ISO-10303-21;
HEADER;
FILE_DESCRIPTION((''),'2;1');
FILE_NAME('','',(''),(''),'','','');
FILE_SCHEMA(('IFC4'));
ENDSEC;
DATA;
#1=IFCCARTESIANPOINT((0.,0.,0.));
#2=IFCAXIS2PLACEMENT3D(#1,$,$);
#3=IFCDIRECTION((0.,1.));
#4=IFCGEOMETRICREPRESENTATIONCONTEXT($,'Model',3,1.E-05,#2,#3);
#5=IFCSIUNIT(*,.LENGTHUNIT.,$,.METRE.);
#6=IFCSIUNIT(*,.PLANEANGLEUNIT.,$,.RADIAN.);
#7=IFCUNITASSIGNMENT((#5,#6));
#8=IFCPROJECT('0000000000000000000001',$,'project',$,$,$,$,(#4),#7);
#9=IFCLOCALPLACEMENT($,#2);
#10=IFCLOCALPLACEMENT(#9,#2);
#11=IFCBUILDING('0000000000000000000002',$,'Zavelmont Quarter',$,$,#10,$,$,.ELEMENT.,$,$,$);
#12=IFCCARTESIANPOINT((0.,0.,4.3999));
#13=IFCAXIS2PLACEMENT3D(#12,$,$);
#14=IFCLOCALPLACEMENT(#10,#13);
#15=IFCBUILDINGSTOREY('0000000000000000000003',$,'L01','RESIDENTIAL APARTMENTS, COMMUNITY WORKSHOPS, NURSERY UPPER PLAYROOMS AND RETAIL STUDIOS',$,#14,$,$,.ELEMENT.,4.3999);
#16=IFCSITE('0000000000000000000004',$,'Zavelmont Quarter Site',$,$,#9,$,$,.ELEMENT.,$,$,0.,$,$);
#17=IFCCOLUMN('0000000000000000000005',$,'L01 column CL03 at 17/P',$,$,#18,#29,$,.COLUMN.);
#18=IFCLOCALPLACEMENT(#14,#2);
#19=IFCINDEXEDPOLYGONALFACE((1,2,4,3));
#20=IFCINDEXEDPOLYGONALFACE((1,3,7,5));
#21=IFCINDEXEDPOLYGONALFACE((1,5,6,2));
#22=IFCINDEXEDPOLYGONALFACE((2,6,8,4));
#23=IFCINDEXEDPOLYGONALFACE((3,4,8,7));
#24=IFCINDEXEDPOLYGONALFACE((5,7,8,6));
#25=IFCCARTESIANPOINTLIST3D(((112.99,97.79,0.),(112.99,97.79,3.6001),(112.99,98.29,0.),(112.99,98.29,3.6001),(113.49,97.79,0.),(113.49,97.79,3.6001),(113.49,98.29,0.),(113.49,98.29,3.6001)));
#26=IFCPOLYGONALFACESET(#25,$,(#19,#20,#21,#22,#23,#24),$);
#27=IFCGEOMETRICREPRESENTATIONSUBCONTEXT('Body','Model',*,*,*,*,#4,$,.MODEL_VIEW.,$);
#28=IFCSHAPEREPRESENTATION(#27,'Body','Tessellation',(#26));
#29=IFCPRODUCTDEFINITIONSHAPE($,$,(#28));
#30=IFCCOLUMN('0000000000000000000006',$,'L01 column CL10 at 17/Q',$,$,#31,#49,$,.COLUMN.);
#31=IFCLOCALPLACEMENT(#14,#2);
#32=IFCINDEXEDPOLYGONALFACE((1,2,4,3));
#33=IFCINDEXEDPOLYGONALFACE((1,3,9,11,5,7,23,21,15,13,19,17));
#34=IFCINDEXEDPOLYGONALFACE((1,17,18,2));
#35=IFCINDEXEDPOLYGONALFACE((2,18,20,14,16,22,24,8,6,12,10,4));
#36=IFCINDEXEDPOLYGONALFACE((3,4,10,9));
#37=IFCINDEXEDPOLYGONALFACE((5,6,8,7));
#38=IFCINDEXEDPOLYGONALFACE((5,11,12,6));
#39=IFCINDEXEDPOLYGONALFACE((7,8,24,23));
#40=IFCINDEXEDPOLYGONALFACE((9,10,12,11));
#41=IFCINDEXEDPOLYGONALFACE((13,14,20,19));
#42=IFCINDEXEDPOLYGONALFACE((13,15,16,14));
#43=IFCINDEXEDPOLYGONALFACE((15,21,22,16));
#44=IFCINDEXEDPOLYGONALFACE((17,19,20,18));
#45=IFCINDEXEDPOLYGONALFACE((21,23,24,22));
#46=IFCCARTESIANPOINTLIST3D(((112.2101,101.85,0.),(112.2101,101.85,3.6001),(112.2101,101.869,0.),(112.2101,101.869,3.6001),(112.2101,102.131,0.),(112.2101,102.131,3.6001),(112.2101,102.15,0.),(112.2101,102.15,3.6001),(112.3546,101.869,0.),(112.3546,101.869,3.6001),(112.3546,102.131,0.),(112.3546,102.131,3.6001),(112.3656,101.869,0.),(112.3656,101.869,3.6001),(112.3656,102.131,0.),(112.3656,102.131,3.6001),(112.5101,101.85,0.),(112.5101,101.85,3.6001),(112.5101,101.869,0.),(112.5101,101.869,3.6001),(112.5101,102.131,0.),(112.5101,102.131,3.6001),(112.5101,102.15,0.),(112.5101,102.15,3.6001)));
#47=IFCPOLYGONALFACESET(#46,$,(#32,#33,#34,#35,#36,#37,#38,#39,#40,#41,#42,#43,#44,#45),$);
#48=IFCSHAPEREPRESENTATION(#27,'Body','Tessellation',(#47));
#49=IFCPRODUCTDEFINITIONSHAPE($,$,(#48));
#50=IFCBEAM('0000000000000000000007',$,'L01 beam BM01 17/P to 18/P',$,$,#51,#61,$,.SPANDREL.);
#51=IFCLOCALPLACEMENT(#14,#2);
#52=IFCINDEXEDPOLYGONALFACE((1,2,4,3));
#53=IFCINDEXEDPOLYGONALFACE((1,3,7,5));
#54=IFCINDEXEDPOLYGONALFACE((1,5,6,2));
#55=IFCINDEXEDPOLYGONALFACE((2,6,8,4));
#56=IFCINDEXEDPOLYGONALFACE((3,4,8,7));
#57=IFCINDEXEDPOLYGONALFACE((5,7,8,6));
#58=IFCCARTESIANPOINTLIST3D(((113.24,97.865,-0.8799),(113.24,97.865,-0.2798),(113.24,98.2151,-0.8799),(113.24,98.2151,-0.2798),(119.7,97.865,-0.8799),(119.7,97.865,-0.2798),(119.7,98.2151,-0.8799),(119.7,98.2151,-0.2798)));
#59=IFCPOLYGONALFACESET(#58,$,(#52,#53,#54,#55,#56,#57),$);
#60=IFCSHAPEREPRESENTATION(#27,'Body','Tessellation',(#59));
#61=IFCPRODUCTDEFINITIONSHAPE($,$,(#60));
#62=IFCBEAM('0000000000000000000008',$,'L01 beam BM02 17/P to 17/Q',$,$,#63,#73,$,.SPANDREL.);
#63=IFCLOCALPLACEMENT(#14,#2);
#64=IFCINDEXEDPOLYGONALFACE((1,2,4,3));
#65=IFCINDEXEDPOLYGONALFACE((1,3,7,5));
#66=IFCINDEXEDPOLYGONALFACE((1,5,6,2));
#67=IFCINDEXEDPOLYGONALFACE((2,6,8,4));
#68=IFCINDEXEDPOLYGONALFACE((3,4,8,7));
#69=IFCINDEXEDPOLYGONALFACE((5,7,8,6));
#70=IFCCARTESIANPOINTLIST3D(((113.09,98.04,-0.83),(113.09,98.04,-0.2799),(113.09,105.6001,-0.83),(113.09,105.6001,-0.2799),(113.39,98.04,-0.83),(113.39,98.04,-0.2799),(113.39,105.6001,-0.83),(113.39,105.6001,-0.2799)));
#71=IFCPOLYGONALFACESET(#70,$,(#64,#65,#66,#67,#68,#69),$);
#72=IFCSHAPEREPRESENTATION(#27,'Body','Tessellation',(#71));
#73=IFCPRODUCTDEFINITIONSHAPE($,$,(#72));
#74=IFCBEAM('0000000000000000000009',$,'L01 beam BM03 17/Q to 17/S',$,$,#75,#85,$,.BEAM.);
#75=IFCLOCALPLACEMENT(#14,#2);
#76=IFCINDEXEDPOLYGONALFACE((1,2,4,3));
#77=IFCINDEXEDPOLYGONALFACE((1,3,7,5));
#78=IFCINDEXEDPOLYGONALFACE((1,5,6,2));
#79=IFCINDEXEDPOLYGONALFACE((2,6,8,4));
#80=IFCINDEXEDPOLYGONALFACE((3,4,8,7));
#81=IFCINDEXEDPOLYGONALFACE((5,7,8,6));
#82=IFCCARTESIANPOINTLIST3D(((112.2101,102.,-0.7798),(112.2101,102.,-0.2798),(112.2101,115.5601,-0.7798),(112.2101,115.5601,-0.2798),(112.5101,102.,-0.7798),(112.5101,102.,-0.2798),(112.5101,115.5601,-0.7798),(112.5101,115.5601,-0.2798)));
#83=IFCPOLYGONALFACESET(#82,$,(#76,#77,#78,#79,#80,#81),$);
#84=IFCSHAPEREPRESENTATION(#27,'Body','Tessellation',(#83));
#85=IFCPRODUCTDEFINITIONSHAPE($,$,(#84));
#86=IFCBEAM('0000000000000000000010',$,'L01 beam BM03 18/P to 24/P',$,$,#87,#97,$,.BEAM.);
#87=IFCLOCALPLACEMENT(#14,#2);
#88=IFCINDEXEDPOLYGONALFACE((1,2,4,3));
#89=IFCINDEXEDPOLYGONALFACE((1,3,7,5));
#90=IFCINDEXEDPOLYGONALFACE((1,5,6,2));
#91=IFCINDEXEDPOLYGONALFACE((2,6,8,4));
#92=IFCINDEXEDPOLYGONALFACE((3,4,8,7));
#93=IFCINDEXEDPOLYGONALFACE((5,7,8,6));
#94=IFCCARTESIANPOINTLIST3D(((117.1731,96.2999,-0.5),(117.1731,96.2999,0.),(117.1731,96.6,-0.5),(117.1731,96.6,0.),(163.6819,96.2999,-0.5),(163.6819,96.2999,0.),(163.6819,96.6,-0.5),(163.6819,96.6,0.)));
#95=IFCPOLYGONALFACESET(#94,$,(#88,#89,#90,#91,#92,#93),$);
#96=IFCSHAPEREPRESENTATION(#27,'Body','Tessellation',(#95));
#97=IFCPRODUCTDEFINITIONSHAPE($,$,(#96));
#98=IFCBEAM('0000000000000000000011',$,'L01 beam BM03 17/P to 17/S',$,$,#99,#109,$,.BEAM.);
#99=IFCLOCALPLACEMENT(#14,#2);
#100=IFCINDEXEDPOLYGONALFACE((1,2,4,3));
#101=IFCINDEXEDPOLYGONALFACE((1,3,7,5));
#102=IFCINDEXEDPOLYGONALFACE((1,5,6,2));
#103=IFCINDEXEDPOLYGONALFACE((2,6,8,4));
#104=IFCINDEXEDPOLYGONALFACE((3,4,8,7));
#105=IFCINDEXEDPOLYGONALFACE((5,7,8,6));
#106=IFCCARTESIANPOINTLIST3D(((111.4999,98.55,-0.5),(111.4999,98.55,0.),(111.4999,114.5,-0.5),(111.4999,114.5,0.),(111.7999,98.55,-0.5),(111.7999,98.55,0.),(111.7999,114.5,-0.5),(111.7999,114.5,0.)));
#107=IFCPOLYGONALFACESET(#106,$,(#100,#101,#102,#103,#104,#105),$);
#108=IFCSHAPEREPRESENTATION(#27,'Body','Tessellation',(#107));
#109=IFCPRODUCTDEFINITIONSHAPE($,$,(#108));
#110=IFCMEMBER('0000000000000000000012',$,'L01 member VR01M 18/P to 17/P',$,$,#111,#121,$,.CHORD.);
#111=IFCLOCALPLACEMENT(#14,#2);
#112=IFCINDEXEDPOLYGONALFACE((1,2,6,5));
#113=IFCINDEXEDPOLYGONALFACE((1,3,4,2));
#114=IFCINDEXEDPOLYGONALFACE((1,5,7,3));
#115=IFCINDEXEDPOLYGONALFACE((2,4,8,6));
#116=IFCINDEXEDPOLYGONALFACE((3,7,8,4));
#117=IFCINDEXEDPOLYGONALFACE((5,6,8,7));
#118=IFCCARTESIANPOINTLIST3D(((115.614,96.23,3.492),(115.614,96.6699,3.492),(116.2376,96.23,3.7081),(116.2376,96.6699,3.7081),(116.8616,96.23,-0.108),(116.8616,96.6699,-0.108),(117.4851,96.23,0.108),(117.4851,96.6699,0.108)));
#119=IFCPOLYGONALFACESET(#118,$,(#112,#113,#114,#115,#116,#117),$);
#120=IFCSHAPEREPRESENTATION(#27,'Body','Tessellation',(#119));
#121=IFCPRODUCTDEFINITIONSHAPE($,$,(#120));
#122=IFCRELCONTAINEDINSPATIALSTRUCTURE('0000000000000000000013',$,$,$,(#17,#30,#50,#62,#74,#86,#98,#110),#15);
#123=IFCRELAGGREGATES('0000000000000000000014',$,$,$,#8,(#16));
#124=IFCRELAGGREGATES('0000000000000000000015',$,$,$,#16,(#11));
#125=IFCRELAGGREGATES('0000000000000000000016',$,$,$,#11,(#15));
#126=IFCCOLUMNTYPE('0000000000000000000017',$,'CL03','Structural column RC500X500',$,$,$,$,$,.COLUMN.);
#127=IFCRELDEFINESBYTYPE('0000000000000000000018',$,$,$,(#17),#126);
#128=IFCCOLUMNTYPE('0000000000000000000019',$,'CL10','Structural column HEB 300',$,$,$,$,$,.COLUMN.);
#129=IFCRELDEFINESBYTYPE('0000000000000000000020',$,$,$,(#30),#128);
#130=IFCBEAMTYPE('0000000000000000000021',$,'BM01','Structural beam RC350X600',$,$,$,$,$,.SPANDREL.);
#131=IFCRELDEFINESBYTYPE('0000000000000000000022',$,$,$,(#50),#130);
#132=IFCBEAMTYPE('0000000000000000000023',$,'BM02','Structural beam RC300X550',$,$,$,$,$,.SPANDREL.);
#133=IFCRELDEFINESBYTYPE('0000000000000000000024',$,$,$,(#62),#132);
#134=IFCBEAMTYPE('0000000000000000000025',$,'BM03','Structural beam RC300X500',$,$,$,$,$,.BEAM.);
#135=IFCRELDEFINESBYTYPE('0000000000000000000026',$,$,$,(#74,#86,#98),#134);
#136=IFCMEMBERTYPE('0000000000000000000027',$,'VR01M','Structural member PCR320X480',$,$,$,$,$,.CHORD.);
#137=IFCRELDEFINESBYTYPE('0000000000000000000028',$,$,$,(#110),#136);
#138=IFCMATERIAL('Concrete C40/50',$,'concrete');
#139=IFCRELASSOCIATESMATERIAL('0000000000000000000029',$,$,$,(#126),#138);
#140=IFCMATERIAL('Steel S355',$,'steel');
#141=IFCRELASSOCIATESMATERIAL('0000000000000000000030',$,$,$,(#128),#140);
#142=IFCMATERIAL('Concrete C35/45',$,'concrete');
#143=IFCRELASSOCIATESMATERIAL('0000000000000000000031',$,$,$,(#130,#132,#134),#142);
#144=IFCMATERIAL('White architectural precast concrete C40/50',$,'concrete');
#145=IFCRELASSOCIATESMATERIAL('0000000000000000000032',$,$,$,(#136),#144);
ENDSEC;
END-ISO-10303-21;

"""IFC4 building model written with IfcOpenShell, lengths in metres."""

from ifc_helpers import new_model, si_unit, direction, frame, origin, origin_2d, place, context, subcontext, project, spatial, rectangle, i_section, extrude, material, material_profile, profile_set, type_object, element, save


model = new_model("IFC4")

# Units and contexts
model_context = context("Model", 3, precision=1e-05, world=origin(), true_north=direction((0.0, 1.0)))
body_context = subcontext(model_context, "Body", "Model", "MODEL_VIEW")
ifc_project = project(units=[si_unit("LENGTHUNIT", "METRE"), si_unit("PLANEANGLEUNIT", "RADIAN")], contexts=[model_context])

# Site, building, storey
site_placement = place(None, origin())
site = spatial("IfcSite", under=ifc_project, at=site_placement, Name="Zavelmont Quarter Site", CompositionType="ELEMENT", RefElevation=0.0)
building_placement = place(site_placement, origin())
building = spatial("IfcBuilding", under=site, at=building_placement, Name="Zavelmont Quarter", CompositionType="ELEMENT")
storey_placement = place(building_placement, frame((0.0, 0.0, 4.3999)))
storey = spatial("IfcBuildingStorey", under=building, at=storey_placement, Name="L01", Description="RESIDENTIAL APARTMENTS, COMMUNITY WORKSHOPS, NURSERY UPPER PLAYROOMS AND RETAIL STUDIOS", CompositionType="ELEMENT", Elevation=4.3999)

# Columns
ifc_material_1 = material(Name="Concrete C40/50", Category="concrete")
ifc_material_profile_1 = material_profile(ifc_material_1, rectangle(XDim=0.5, YDim=0.5, at=origin_2d()), Name="RC500X500")
ifc_profile_set_1 = profile_set([ifc_material_profile_1], Name="Concrete C40/50")
column_type_1 = type_object("IfcColumnType", Name="CL03", Description="Structural column RC500X500", PredefinedType="COLUMN", material=ifc_profile_set_1)
column_1_placement = place(storey_placement, frame((113.24, 98.04, 0.0), z_axis=(0.0, 0.0, 1.0), x_axis=(1.0, 0.0, 0.0)))
element("IfcColumn", 1, at=column_1_placement, inside=storey, type_object=column_type_1, Name="L01 column CL03 at 17/P", PredefinedType="COLUMN", context=body_context, shape_type="SweptSolid", body=[
    extrude(rectangle(XDim=0.5, YDim=0.5, at=origin_2d()), origin(), (0.0, 0.0, 1.0), 3.6001),
])
ifc_material_2 = material(Name="Steel S355", Category="steel")
ifc_material_profile_2 = material_profile(ifc_material_2, i_section(OverallWidth=0.3, OverallDepth=0.3, WebThickness=0.011, FlangeThickness=0.019, at=origin_2d()), Name="HEB 300")
ifc_profile_set_2 = profile_set([ifc_material_profile_2], Name="Steel S355")
column_type_2 = type_object("IfcColumnType", Name="CL10", Description="Structural column HEB 300", PredefinedType="COLUMN", material=ifc_profile_set_2)
column_2_placement = place(storey_placement, frame((112.3601, 102.0, 0.0), z_axis=(0.0, 0.0, 1.0), x_axis=(1.0, 0.0, 0.0)))
element("IfcColumn", 2, at=column_2_placement, inside=storey, type_object=column_type_2, Name="L01 column CL10 at 17/Q", PredefinedType="COLUMN", context=body_context, shape_type="SweptSolid", body=[
    extrude(i_section(OverallWidth=0.3, OverallDepth=0.3, WebThickness=0.011, FlangeThickness=0.019, at=origin_2d()), origin(), (0.0, 0.0, 1.0), 3.6001),
])

# Beams
ifc_material_3 = material(Name="Concrete C35/45", Category="concrete")
ifc_material_profile_3 = material_profile(ifc_material_3, rectangle(XDim=0.3501, YDim=0.6001, at=origin_2d()), Name="RC350X600")
ifc_profile_set_3 = profile_set([ifc_material_profile_3], Name="Concrete C35/45")
beam_type_1 = type_object("IfcBeamType", Name="BM01", Description="Structural beam RC350X600", PredefinedType="SPANDREL", material=ifc_profile_set_3)
beam_1_placement = place(storey_placement, frame((113.24, 98.04, -0.5798), z_axis=(1.0, 0.0, 0.0), x_axis=(0.0, 1.0, 0.0)))
element("IfcBeam", 3, at=beam_1_placement, inside=storey, type_object=beam_type_1, Name="L01 beam BM01 17/P to 18/P", PredefinedType="SPANDREL", context=body_context, shape_type="SweptSolid", body=[
    extrude(rectangle(XDim=0.3501, YDim=0.6001, at=origin_2d()), origin(), (0.0, 0.0, 1.0), 6.46),
])
ifc_material_profile_4 = material_profile(ifc_material_3, rectangle(XDim=0.3, YDim=0.55, at=origin_2d()), Name="RC300X550")
ifc_profile_set_4 = profile_set([ifc_material_profile_4], Name="Concrete C35/45")
beam_type_2 = type_object("IfcBeamType", Name="BM02", Description="Structural beam RC300X550", PredefinedType="SPANDREL", material=ifc_profile_set_4)
beam_2_placement = place(storey_placement, frame((113.24, 98.04, -0.5549), z_axis=(0.0, 1.0, 0.0), x_axis=(-1.0, 0.0, 0.0)))
element("IfcBeam", 4, at=beam_2_placement, inside=storey, type_object=beam_type_2, Name="L01 beam BM02 17/P to 17/Q", PredefinedType="SPANDREL", context=body_context, shape_type="SweptSolid", body=[
    extrude(rectangle(XDim=0.3, YDim=0.55, at=origin_2d()), origin(), (0.0, 0.0, 1.0), 7.5601),
])
ifc_material_profile_5 = material_profile(ifc_material_3, rectangle(XDim=0.3, YDim=0.5, at=origin_2d()), Name="RC300X500")
ifc_profile_set_5 = profile_set([ifc_material_profile_5], Name="Concrete C35/45")
beam_type_3 = type_object("IfcBeamType", Name="BM03", Description="Structural beam RC300X500", PredefinedType="BEAM", material=ifc_profile_set_5)
beam_3_placement = place(storey_placement, frame((112.3601, 102.0, -0.5298), z_axis=(0.0, 1.0, 0.0), x_axis=(-1.0, 0.0, 0.0)))
element("IfcBeam", 5, at=beam_3_placement, inside=storey, type_object=beam_type_3, Name="L01 beam BM03 17/Q to 17/S", PredefinedType="BEAM", context=body_context, shape_type="SweptSolid", body=[
    extrude(rectangle(XDim=0.3, YDim=0.5, at=origin_2d()), origin(), (0.0, 0.0, 1.0), 13.5601),
])
beam_4_placement = place(storey_placement, frame((117.1731, 96.45, -0.25), z_axis=(1.0, 0.0, 0.0), x_axis=(0.0, 1.0, 0.0)))
element("IfcBeam", 6, at=beam_4_placement, inside=storey, type_object=beam_type_3, Name="L01 beam BM03 18/P to 24/P", PredefinedType="BEAM", context=body_context, shape_type="SweptSolid", body=[
    extrude(rectangle(XDim=0.3, YDim=0.5, at=origin_2d()), origin(), (0.0, 0.0, 1.0), 46.5088),
])
beam_5_placement = place(storey_placement, frame((111.6499, 98.55, -0.25), z_axis=(0.0, 1.0, 0.0), x_axis=(-1.0, 0.0, 0.0)))
element("IfcBeam", 7, at=beam_5_placement, inside=storey, type_object=beam_type_3, Name="L01 beam BM03 17/P to 17/S", PredefinedType="BEAM", context=body_context, shape_type="SweptSolid", body=[
    extrude(rectangle(XDim=0.3, YDim=0.5, at=origin_2d()), origin(), (0.0, 0.0, 1.0), 15.95),
])

# Member
ifc_material_4 = material(Name="White architectural precast concrete C40/50", Category="concrete")
ifc_material_profile_6 = material_profile(ifc_material_4, rectangle(XDim=0.4399, YDim=0.6599, at=origin_2d()), Name="PCR320X480")
ifc_profile_set_6 = profile_set([ifc_material_profile_6], Name="White architectural precast concrete C40/50")
member_type = type_object("IfcMemberType", Name="VR01M", Description="Structural member PCR320X480", PredefinedType="CHORD", material=ifc_profile_set_6)
member_placement = place(storey_placement, frame((117.1733, 96.45, 0.0), z_axis=(-0.327432, 0.0, 0.944875), x_axis=(0.0, -1.0, 0.0)))
element("IfcMember", 8, at=member_placement, inside=storey, type_object=member_type, Name="L01 member VR01M 18/P to 17/P", PredefinedType="CHORD", context=body_context, shape_type="SweptSolid", body=[
    extrude(rectangle(XDim=0.4399, YDim=0.6599, at=origin_2d()), origin(), (0.0, 0.0, 1.0), 3.8101),
])

save(model, "model.ifc")
